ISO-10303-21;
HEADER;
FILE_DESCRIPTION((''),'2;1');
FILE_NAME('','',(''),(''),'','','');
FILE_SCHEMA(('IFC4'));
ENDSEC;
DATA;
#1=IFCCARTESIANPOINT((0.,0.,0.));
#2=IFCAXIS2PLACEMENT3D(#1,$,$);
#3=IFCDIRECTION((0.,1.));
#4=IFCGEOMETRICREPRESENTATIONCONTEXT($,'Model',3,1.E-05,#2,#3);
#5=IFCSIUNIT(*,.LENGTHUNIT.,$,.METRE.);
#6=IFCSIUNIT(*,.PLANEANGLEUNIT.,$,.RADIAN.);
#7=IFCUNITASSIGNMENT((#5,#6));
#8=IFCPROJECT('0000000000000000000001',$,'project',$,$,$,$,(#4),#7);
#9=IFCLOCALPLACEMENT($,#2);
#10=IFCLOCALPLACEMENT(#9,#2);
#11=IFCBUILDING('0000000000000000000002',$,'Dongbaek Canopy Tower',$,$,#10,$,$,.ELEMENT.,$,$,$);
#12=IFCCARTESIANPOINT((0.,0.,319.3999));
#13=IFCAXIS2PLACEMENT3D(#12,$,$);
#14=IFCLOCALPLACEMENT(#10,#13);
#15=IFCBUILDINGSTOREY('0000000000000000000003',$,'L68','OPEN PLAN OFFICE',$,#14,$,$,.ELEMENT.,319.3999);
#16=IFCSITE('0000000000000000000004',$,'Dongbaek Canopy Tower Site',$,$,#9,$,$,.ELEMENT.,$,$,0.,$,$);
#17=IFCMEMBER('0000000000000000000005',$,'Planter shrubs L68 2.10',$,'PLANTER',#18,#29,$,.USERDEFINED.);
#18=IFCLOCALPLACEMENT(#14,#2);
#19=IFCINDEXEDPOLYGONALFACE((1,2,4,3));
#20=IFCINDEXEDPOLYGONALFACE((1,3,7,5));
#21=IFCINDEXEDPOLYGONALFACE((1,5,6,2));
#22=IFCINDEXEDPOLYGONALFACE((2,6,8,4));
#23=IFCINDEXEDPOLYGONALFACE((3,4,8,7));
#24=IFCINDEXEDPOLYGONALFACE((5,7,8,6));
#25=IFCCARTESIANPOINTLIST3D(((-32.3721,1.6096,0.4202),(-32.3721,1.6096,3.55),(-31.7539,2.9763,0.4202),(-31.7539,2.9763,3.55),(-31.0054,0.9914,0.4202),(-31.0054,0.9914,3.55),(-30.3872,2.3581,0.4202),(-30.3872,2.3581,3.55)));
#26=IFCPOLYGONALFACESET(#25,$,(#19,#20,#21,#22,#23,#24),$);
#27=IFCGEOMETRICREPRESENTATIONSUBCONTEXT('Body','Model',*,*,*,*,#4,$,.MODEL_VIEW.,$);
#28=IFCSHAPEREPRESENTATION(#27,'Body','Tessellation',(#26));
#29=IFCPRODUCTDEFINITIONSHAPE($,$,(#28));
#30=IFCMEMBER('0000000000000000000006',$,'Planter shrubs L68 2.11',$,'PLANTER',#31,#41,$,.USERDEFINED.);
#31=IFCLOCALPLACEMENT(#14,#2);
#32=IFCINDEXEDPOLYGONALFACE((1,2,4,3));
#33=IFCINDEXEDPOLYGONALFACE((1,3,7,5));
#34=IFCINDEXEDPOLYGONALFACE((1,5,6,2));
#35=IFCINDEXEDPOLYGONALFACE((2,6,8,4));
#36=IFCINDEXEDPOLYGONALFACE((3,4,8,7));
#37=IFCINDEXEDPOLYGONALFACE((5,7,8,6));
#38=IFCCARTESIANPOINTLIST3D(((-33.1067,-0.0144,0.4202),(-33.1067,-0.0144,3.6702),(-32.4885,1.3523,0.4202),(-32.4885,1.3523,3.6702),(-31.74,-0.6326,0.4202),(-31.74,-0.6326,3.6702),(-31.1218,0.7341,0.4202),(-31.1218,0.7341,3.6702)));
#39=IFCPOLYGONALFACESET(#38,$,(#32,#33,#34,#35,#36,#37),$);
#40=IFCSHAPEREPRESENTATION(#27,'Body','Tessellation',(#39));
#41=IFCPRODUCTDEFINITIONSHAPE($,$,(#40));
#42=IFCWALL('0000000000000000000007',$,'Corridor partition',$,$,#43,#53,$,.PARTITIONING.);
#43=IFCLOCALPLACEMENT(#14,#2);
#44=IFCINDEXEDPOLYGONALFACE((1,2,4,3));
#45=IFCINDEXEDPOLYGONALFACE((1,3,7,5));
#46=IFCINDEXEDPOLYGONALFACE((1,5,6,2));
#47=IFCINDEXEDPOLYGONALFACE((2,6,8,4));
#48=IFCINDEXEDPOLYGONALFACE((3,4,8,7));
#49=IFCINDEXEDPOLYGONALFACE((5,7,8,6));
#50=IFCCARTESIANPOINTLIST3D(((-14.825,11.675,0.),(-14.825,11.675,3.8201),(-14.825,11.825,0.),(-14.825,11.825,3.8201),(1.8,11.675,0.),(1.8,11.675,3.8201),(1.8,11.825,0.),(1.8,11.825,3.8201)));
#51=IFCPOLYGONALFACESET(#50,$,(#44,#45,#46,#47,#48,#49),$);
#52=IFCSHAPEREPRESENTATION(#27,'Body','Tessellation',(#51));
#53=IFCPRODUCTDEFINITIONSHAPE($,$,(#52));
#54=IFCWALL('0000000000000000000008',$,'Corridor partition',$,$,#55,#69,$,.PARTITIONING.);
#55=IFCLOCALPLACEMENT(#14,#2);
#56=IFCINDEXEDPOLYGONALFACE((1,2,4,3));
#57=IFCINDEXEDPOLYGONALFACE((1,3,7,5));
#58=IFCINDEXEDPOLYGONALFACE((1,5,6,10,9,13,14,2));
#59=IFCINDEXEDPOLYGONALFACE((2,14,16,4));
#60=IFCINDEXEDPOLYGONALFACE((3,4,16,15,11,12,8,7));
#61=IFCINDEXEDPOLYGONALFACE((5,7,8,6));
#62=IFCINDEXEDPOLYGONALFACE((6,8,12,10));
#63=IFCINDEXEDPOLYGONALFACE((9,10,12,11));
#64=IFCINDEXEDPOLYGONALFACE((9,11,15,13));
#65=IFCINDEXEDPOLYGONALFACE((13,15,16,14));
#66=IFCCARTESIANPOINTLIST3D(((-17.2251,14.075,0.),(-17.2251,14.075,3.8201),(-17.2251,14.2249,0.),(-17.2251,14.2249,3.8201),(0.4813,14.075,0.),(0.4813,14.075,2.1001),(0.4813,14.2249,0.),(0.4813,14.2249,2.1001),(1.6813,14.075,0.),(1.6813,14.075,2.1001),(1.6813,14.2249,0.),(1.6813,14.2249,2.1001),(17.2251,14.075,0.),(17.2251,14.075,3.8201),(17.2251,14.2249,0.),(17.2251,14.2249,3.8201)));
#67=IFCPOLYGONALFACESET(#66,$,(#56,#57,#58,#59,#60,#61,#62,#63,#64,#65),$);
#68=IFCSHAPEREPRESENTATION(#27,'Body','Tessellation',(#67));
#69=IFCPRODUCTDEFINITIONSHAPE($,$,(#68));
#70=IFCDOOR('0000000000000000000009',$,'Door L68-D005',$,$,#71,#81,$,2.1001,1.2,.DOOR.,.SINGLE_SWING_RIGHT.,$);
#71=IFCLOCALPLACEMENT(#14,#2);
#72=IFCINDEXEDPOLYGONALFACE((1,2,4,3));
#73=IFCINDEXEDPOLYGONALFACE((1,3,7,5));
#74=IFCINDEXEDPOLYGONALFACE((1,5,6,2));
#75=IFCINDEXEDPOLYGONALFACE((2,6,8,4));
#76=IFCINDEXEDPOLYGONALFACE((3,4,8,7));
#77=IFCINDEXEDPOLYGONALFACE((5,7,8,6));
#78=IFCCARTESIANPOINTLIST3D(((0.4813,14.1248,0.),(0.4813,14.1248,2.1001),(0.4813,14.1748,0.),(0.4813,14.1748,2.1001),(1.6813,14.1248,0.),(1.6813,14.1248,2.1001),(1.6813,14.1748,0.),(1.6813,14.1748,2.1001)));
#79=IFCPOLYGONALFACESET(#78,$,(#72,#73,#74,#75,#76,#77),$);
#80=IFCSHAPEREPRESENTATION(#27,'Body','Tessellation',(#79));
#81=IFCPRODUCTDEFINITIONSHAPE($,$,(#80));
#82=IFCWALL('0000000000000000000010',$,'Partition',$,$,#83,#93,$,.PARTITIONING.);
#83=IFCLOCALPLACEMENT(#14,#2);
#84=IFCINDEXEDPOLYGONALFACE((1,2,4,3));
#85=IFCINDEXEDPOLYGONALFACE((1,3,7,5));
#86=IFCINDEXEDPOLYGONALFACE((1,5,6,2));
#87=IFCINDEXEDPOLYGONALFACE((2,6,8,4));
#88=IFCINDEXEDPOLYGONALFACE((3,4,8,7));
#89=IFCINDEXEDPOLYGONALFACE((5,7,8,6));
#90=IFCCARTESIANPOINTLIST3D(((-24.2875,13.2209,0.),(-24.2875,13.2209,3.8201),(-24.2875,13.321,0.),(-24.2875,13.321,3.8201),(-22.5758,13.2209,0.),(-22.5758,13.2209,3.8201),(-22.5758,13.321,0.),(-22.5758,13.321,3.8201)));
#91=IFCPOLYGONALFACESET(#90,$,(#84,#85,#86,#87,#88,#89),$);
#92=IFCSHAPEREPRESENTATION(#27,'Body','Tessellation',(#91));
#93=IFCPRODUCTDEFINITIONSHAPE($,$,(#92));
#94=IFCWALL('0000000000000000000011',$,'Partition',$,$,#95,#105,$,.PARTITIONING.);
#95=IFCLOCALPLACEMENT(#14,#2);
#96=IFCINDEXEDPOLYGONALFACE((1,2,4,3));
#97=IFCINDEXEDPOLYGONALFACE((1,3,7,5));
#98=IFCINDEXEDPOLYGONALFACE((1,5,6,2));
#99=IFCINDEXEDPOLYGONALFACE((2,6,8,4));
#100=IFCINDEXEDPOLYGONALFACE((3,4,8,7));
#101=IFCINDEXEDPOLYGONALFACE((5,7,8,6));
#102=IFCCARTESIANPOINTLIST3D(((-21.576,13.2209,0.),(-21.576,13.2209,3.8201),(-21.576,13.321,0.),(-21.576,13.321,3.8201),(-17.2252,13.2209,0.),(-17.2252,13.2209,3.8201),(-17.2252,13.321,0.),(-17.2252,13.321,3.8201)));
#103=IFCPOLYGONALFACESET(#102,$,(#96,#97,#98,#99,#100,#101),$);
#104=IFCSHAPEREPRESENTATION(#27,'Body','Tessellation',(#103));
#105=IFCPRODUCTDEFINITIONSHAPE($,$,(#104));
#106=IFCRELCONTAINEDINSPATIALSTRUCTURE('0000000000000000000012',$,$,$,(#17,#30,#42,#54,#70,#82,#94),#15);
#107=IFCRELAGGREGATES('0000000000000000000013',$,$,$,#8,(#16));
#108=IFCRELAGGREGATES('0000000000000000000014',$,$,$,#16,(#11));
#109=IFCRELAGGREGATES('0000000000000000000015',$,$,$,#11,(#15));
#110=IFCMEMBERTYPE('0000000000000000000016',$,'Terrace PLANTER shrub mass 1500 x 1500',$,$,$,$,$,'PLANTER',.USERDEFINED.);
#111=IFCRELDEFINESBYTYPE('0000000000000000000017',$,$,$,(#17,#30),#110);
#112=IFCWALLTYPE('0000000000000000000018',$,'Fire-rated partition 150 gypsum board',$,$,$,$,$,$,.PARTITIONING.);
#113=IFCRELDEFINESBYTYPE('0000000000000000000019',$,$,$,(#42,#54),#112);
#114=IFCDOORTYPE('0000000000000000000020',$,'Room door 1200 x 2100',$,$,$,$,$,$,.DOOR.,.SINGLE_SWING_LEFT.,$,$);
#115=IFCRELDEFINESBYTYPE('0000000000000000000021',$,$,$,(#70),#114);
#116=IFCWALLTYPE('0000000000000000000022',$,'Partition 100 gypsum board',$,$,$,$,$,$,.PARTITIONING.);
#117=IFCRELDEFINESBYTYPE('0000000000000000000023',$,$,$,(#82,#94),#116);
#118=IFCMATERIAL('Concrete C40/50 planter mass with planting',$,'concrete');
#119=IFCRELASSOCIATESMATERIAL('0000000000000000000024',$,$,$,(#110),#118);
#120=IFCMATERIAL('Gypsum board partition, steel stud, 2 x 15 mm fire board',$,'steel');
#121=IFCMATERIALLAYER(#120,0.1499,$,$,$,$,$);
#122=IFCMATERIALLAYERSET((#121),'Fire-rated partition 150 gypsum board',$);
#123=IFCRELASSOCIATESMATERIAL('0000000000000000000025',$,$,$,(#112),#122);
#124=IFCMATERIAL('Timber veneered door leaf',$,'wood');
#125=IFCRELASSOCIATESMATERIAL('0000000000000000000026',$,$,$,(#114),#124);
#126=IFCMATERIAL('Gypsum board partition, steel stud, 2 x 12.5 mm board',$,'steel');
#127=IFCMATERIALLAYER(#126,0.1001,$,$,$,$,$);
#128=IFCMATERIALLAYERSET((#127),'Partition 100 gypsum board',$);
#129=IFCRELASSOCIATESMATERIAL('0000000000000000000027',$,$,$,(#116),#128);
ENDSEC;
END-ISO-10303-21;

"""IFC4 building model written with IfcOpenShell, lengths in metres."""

from ifc_helpers import new_model, si_unit, direction, frame, frame_2d, origin, origin_2d, place, context, subcontext, project, spatial, rectangle, extrude, material, layer, layer_set, material_profile, profile_set, type_object, element, fill, save


model = new_model("IFC4")

# Units and contexts
model_context = context("Model", 3, precision=1e-05, world=origin(), true_north=direction((0.0, 1.0)))
body_context = subcontext(model_context, "Body", "Model", "MODEL_VIEW")
ifc_project = project(units=[si_unit("LENGTHUNIT", "METRE"), si_unit("PLANEANGLEUNIT", "RADIAN")], contexts=[model_context])

# Site, building, storey
site_placement = place(None, origin())
site = spatial("IfcSite", under=ifc_project, at=site_placement, Name="Dongbaek Canopy Tower Site", CompositionType="ELEMENT", RefElevation=0.0)
building_placement = place(site_placement, origin())
building = spatial("IfcBuilding", under=site, at=building_placement, Name="Dongbaek Canopy Tower", CompositionType="ELEMENT")
storey_placement = place(building_placement, frame((0.0, 0.0, 319.3999)))
storey = spatial("IfcBuildingStorey", under=building, at=storey_placement, Name="L68", Description="OPEN PLAN OFFICE", CompositionType="ELEMENT", Elevation=319.3999)

# Members
ifc_material_1 = material(Name="Concrete C40/50 planter mass with planting", Category="concrete")
ifc_material_profile_1 = material_profile(ifc_material_1, rectangle(XDim=1.5, YDim=1.5, at=origin_2d()), Name="Terrace PLANTER shrub mass 1500 x 1500")
ifc_profile_set_1 = profile_set([ifc_material_profile_1], Name="Concrete C40/50 planter mass with planting")
member_type = type_object("IfcMemberType", Name="Terrace PLANTER shrub mass 1500 x 1500", ElementType="PLANTER", PredefinedType="USERDEFINED", material=ifc_profile_set_1)
member_1_placement = place(storey_placement, frame((-31.3796, 1.9839, 0.4202), z_axis=(0.0, 0.0, 1.0), x_axis=(-0.911129, 0.412122, 0.0)))
element("IfcMember", 1, at=member_1_placement, inside=storey, type_object=member_type, Name="Planter shrubs L68 2.10", ObjectType="PLANTER", PredefinedType="USERDEFINED", context=body_context, shape_type="SweptSolid", body=[
    extrude(rectangle(XDim=1.5, YDim=1.5, at=origin_2d()), origin(), (0.0, 0.0, 1.0), 3.1299),
])
member_2_placement = place(storey_placement, frame((-32.1143, 0.3599, 0.4202), z_axis=(0.0, 0.0, 1.0), x_axis=(-0.911129, 0.412122, 0.0)))
element("IfcMember", 2, at=member_2_placement, inside=storey, type_object=member_type, Name="Planter shrubs L68 2.11", ObjectType="PLANTER", PredefinedType="USERDEFINED", context=body_context, shape_type="SweptSolid", body=[
    extrude(rectangle(XDim=1.5, YDim=1.5, at=origin_2d()), origin(), (0.0, 0.0, 1.0), 3.25),
])

# Wall
ifc_material_2 = material(Name="Gypsum board partition, steel stud, 2 x 15 mm fire board", Category="steel")
ifc_layer_1 = layer(ifc_material_2, 0.1499)
ifc_layer_set_1 = layer_set([ifc_layer_1], Name="Fire-rated partition 150 gypsum board")
wall_type_1 = type_object("IfcWallType", Name="Fire-rated partition 150 gypsum board", PredefinedType="PARTITIONING", material=ifc_layer_set_1)
wall_1_placement = place(storey_placement, frame((-14.825, 11.75, 0.0), z_axis=(0.0, 0.0, 1.0), x_axis=(1.0, 0.0, 0.0)))
element("IfcWall", 3, at=wall_1_placement, inside=storey, type_object=wall_type_1, Name="Corridor partition", PredefinedType="PARTITIONING", context=body_context, shape_type="SweptSolid", body=[
    extrude(rectangle(XDim=16.625, YDim=0.1499, at=frame_2d((8.3125, 0.0))), origin(), (0.0, 0.0, 1.0), 3.8201),
])

# Wall, opening, door
wall_2_placement = place(storey_placement, frame((-17.2251, 14.1499, 0.0), z_axis=(0.0, 0.0, 1.0), x_axis=(1.0, 0.0, 0.0)))
wall_2 = element("IfcWall", 4, at=wall_2_placement, inside=storey, type_object=wall_type_1, Name="Corridor partition", PredefinedType="PARTITIONING", context=body_context, shape_type="SweptSolid", body=[
    extrude(rectangle(XDim=34.4502, YDim=0.1499, at=frame_2d((17.2251, 0.0))), origin(), (0.0, 0.0, 1.0), 3.8201),
])
opening_placement = place(wall_2_placement, frame((17.7063, 0.0, 0.0)))
opening = element("IfcOpeningElement", 5, at=opening_placement, cuts=wall_2, PredefinedType="OPENING", context=body_context, shape_type="SweptSolid", body=[
    extrude(rectangle(XDim=1.2, YDim=2.1001, at=frame_2d((0.6001, 1.05))), frame((0.0, 0.085, 0.0), z_axis=(0.0, -1.0, 0.0), x_axis=(1.0, 0.0, 0.0)), (0.0, 0.0, 1.0), 0.1699),
])
ifc_material_3 = material(Name="Timber veneered door leaf", Category="wood")
door_type = type_object("IfcDoorType", Name="Room door 1200 x 2100", OperationType="SINGLE_SWING_LEFT", PredefinedType="DOOR", material=ifc_material_3)
door_placement = place(opening_placement, origin())
door = element("IfcDoor", 6, at=door_placement, inside=storey, type_object=door_type, Name="Door L68-D005", OperationType="SINGLE_SWING_RIGHT", OverallHeight=2.1001, OverallWidth=1.2, PredefinedType="DOOR", context=body_context, shape_type="SweptSolid", body=[
    extrude(rectangle(XDim=1.2, YDim=2.1001, at=frame_2d((0.6001, 1.05))), frame((0.0, 0.0249, 0.0), z_axis=(0.0, -1.0, 0.0), x_axis=(1.0, 0.0, 0.0)), (0.0, 0.0, 1.0), 0.05),
])
fill(opening, door)

# Walls
ifc_material_4 = material(Name="Gypsum board partition, steel stud, 2 x 12.5 mm board", Category="steel")
ifc_layer_2 = layer(ifc_material_4, 0.1001)
ifc_layer_set_2 = layer_set([ifc_layer_2], Name="Partition 100 gypsum board")
wall_type_2 = type_object("IfcWallType", Name="Partition 100 gypsum board", PredefinedType="PARTITIONING", material=ifc_layer_set_2)
wall_3_placement = place(storey_placement, frame((-24.2876, 13.271, 0.0), z_axis=(0.0, 0.0, 1.0), x_axis=(1.0, 0.0, 0.0)))
element("IfcWall", 7, at=wall_3_placement, inside=storey, type_object=wall_type_2, Name="Partition", PredefinedType="PARTITIONING", context=body_context, shape_type="SweptSolid", body=[
    extrude(rectangle(XDim=1.7117, YDim=0.1001, at=frame_2d((0.856, 0.0))), origin(), (0.0, 0.0, 1.0), 3.8201),
])
wall_4_placement = place(storey_placement, frame((-21.5759, 13.271, 0.0), z_axis=(0.0, 0.0, 1.0), x_axis=(1.0, 0.0, 0.0)))
element("IfcWall", 8, at=wall_4_placement, inside=storey, type_object=wall_type_2, Name="Partition", PredefinedType="PARTITIONING", context=body_context, shape_type="SweptSolid", body=[
    extrude(rectangle(XDim=4.3508, YDim=0.1001, at=frame_2d((2.1753, 0.0))), origin(), (0.0, 0.0, 1.0), 3.8201),
])

save(model, "model.ifc")
